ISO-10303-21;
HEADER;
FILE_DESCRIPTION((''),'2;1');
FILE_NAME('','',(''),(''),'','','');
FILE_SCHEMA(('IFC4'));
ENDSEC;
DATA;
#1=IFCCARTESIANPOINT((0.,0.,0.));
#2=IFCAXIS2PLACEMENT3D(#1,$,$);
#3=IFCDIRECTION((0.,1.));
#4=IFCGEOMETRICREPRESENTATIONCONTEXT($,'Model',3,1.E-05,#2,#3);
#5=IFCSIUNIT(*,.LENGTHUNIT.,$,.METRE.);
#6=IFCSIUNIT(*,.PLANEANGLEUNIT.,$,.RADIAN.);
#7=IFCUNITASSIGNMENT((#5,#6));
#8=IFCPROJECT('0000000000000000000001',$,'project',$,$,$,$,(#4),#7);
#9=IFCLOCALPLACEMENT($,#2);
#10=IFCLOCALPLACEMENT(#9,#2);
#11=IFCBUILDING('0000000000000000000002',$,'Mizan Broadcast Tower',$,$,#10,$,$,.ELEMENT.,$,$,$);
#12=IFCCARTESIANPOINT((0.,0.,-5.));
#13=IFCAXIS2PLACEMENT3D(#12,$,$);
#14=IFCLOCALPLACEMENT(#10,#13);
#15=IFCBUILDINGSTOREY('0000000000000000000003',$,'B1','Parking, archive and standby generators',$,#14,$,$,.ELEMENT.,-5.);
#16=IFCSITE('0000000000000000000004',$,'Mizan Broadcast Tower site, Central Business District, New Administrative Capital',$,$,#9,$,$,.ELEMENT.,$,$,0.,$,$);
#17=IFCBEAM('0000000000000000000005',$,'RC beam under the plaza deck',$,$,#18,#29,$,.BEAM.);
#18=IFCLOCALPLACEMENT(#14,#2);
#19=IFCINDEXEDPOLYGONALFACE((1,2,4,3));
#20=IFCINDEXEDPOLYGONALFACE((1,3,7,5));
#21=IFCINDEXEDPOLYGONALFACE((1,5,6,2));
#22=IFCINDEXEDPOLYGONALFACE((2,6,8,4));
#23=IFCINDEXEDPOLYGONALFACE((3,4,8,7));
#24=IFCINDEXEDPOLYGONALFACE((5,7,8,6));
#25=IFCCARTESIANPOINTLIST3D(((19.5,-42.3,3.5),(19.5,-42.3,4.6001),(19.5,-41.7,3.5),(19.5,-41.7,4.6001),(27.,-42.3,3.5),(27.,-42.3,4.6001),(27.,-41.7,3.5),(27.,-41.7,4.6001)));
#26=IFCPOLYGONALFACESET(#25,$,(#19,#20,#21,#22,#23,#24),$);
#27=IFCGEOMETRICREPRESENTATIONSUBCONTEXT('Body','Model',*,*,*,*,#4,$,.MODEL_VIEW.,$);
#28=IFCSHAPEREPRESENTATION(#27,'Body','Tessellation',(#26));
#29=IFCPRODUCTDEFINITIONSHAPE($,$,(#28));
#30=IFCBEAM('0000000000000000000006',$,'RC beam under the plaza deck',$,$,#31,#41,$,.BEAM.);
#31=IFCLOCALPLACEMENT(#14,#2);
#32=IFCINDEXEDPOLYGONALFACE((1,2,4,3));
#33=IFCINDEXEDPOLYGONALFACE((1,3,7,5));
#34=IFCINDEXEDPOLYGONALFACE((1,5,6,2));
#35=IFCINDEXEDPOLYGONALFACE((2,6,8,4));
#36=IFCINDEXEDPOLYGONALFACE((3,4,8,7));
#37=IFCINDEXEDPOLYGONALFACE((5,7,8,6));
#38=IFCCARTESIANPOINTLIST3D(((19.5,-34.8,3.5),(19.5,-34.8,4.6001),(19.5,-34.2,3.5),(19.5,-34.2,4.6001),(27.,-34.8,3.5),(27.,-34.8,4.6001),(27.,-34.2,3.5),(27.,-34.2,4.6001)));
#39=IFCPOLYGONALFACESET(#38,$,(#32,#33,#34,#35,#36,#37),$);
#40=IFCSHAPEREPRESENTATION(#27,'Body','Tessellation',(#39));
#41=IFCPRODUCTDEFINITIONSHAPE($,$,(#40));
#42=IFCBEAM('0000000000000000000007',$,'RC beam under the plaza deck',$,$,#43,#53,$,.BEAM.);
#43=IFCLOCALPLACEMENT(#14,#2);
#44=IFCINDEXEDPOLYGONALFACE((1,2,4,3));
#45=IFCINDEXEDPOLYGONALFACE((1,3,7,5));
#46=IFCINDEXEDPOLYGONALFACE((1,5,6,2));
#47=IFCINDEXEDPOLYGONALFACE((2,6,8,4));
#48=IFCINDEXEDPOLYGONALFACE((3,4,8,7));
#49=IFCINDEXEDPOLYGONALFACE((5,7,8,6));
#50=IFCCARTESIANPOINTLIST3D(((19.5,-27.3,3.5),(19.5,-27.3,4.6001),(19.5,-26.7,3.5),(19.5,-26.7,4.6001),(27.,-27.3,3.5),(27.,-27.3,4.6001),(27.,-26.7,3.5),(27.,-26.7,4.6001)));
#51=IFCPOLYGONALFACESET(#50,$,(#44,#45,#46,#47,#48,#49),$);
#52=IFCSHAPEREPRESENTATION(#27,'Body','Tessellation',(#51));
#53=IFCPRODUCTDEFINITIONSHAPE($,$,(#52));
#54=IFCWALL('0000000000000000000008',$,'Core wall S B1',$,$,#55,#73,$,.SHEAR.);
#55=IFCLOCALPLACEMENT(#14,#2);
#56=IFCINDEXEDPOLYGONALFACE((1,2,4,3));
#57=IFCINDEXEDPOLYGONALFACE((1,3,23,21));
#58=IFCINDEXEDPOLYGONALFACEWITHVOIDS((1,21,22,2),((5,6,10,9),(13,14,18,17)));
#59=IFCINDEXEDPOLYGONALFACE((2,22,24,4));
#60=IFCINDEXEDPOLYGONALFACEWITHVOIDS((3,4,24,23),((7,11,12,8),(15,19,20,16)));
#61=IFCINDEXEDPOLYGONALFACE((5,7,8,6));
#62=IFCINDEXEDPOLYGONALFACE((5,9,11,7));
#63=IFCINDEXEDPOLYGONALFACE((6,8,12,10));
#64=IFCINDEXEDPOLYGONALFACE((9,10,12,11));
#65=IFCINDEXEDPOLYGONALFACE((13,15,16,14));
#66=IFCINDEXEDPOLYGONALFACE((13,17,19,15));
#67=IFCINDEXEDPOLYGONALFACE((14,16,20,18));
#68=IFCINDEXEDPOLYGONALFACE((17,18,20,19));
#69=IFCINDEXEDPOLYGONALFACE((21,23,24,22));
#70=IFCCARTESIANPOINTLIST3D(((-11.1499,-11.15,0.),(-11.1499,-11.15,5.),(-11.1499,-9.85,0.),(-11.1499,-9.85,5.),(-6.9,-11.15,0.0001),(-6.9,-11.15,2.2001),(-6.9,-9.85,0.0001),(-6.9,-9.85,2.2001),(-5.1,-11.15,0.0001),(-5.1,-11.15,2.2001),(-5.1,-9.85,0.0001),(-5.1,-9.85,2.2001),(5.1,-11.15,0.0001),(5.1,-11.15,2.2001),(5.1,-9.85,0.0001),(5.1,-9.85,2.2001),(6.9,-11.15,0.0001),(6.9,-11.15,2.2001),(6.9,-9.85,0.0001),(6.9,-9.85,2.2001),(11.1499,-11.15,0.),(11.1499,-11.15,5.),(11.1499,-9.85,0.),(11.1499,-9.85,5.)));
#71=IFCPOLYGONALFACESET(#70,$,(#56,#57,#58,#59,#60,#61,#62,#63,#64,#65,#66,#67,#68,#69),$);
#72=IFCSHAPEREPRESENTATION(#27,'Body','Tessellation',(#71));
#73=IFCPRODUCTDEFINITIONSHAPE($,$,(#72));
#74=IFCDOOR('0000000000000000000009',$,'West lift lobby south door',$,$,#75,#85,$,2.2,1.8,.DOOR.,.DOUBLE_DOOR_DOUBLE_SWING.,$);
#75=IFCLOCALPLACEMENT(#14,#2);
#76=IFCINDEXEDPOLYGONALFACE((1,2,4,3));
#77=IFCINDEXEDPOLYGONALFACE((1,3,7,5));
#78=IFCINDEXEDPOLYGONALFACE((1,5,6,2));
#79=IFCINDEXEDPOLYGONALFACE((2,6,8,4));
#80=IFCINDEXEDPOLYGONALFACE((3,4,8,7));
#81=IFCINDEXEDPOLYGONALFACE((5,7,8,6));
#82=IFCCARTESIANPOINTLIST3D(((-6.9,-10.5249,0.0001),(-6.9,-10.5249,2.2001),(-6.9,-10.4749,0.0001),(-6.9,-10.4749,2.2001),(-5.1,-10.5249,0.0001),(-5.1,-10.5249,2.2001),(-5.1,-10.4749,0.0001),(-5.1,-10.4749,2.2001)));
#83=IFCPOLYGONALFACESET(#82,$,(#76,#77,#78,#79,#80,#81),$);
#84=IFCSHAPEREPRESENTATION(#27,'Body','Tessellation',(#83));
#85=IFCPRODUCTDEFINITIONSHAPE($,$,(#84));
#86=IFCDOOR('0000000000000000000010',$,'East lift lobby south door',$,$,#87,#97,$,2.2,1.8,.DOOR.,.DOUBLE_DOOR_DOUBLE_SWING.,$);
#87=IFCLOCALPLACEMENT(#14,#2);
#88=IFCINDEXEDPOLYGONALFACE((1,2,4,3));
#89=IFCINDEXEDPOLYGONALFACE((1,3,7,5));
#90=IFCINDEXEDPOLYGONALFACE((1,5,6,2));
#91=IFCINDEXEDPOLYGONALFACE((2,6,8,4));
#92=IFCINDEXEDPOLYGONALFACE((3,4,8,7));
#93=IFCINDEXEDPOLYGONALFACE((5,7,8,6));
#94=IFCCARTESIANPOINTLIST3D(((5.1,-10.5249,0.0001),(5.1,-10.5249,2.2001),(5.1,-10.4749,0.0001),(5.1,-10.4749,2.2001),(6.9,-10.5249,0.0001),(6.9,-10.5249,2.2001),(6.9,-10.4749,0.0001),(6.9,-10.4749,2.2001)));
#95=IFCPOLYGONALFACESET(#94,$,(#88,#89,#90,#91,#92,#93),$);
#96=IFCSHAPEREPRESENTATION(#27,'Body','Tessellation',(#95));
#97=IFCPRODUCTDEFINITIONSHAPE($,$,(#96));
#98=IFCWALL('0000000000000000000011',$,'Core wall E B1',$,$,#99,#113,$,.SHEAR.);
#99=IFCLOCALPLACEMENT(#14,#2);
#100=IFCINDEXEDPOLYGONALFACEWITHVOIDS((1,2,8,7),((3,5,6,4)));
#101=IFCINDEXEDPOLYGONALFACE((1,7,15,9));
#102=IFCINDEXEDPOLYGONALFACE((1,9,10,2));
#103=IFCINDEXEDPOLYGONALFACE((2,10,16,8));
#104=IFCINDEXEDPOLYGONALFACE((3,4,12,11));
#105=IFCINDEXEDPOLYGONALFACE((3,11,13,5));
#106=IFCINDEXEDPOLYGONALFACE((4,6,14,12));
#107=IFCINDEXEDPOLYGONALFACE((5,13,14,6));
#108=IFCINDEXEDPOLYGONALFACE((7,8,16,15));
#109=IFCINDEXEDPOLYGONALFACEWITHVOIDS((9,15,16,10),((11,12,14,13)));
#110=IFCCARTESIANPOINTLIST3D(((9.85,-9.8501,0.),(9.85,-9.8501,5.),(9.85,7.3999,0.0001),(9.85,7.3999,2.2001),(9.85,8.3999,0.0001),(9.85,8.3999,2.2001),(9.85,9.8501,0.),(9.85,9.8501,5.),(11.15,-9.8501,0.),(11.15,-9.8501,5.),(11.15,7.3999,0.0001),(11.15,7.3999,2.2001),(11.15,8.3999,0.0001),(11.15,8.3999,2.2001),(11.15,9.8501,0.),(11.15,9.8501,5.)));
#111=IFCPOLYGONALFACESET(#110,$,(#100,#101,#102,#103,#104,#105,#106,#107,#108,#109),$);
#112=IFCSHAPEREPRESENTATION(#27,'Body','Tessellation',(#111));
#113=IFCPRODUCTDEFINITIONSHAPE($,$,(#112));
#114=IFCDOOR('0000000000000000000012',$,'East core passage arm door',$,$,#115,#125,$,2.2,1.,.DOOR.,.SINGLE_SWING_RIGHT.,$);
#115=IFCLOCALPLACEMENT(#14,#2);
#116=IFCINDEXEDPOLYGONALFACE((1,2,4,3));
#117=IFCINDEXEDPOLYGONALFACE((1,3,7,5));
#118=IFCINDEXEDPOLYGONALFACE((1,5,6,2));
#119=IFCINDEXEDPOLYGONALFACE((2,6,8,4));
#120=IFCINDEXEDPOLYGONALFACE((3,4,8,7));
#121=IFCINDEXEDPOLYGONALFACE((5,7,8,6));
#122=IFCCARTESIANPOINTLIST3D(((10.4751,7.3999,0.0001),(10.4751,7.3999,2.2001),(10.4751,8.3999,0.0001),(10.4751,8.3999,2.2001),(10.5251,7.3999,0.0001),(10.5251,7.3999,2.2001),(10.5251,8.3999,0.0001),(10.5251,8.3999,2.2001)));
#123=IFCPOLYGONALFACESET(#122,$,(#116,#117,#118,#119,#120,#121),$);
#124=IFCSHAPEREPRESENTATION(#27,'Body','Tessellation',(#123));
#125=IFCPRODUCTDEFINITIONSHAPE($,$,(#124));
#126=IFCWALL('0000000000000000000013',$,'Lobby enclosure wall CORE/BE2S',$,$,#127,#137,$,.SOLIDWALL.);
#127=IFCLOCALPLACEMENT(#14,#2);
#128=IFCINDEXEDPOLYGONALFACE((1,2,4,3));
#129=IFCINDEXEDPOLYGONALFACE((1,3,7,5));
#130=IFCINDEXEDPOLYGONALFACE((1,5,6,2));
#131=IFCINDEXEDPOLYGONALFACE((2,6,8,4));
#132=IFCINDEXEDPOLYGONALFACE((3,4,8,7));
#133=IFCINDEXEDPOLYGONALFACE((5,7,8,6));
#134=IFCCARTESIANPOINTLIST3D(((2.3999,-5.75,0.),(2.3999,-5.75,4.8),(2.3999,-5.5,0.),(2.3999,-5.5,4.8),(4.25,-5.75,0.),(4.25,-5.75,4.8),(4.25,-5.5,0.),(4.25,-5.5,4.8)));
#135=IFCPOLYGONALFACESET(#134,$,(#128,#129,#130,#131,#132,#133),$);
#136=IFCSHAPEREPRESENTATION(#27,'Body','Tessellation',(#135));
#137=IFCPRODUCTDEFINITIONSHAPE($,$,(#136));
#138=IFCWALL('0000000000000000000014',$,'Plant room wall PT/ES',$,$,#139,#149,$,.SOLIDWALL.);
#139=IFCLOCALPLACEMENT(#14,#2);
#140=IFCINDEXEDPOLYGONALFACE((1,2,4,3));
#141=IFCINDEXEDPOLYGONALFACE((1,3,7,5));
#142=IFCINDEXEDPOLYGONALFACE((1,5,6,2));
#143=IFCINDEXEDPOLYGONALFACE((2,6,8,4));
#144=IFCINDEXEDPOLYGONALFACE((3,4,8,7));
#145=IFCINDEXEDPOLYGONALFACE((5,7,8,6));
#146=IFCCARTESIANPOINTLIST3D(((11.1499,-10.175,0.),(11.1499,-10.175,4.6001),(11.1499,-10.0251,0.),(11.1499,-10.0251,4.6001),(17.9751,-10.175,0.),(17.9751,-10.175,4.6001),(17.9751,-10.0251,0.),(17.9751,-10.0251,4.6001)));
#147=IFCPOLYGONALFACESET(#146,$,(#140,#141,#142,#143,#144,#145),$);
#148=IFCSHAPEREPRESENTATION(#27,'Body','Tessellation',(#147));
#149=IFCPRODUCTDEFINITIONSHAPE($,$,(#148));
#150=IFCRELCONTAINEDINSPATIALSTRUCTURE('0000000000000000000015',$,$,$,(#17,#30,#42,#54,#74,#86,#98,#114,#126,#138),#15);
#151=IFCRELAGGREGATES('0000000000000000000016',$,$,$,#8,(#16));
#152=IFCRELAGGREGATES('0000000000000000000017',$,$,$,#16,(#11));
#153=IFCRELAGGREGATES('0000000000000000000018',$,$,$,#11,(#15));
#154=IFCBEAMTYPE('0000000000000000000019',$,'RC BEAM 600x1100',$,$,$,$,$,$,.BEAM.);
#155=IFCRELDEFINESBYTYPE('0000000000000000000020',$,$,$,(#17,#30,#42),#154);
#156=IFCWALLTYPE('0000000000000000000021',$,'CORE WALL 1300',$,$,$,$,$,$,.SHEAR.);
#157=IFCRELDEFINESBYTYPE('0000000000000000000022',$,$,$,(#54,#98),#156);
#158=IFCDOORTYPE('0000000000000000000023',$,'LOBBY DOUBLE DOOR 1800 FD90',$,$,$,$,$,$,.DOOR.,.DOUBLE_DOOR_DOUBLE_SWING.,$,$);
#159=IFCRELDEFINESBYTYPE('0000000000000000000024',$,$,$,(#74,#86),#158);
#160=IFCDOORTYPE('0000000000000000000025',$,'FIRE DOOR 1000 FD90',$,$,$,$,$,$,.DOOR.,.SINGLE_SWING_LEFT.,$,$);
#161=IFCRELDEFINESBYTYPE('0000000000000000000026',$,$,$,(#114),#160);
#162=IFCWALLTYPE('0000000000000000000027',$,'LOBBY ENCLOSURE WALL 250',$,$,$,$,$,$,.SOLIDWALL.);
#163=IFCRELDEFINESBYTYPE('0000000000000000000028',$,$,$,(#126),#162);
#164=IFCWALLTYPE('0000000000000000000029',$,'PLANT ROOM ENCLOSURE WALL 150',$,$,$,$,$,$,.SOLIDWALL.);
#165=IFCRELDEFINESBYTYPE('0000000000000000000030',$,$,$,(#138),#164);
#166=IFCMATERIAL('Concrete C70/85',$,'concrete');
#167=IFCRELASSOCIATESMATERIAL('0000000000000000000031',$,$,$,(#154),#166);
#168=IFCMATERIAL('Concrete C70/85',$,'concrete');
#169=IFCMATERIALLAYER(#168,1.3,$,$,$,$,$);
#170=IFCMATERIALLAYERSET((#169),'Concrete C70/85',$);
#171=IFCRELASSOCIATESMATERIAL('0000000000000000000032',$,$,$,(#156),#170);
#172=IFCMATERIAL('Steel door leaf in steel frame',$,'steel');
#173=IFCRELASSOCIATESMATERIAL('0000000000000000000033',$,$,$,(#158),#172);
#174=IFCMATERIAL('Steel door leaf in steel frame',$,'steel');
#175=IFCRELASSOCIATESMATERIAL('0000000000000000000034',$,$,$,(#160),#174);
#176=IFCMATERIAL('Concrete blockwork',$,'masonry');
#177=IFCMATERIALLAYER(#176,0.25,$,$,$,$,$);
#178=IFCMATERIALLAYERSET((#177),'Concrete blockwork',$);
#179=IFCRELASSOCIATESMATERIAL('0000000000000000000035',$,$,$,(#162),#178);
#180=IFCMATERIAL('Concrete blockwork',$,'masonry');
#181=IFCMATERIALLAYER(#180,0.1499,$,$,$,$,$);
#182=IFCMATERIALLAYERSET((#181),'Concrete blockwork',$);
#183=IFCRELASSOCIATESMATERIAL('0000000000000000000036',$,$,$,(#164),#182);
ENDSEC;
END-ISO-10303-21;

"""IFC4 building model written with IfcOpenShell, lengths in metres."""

from ifc_helpers import new_model, si_unit, direction, frame, frame_2d, origin, origin_2d, place, context, subcontext, project, spatial, rectangle, extrude, material, layer, layer_set, material_profile, profile_set, type_object, element, fill, save


model = new_model("IFC4")

# Units and contexts
model_context = context("Model", 3, precision=1e-05, world=origin(), true_north=direction((0.0, 1.0)))
body_context = subcontext(model_context, "Body", "Model", "MODEL_VIEW")
ifc_project = project(units=[si_unit("LENGTHUNIT", "METRE"), si_unit("PLANEANGLEUNIT", "RADIAN")], contexts=[model_context])

# Site, building, storey
site_placement = place(None, origin())
site = spatial("IfcSite", under=ifc_project, at=site_placement, Name="Mizan Broadcast Tower site, Central Business District, New Administrative Capital", CompositionType="ELEMENT", RefElevation=0.0)
building_placement = place(site_placement, origin())
building = spatial("IfcBuilding", under=site, at=building_placement, Name="Mizan Broadcast Tower", CompositionType="ELEMENT")
storey_placement = place(building_placement, frame((0.0, 0.0, -5.0)))
storey = spatial("IfcBuildingStorey", under=building, at=storey_placement, Name="B1", Description="Parking, archive and standby generators", CompositionType="ELEMENT", Elevation=-5.0)

# Beams
ifc_material_1 = material(Name="Concrete C70/85", Category="concrete")
ifc_material_profile_1 = material_profile(ifc_material_1, rectangle(XDim=0.6001, YDim=1.1001, at=origin_2d()), Name="RC 600x1100")
ifc_profile_set_1 = profile_set([ifc_material_profile_1], Name="Concrete C70/85")
beam_type = type_object("IfcBeamType", Name="RC BEAM 600x1100", PredefinedType="BEAM", material=ifc_profile_set_1)
for number, where, z_axis, x_axis, name in (
    (1, (19.5, -42.0, 4.05), (1.0, 0.0, 0.0), (0.0, 1.0, 0.0), "RC beam under the plaza deck"),
    (2, (19.5, -34.5, 4.05), (1.0, 0.0, 0.0), (0.0, 1.0, 0.0), "RC beam under the plaza deck"),
    (3, (19.5, -27.0, 4.05), (1.0, 0.0, 0.0), (0.0, 1.0, 0.0), "RC beam under the plaza deck"),
):
    element("IfcBeam", number, at=place(storey_placement, frame(where, z_axis=z_axis, x_axis=x_axis)), inside=storey, type_object=beam_type, Name=name, PredefinedType="BEAM", context=body_context, shape_type="SweptSolid", body=[
        extrude(rectangle(XDim=0.6001, YDim=1.1001, at=origin_2d()), origin(), (0.0, 0.0, 1.0), 7.5),
    ])

# Wall, openings, doors
ifc_material_2 = material(Name="Concrete C70/85", Category="concrete")
ifc_layer_1 = layer(ifc_material_2, 1.3)
ifc_layer_set_1 = layer_set([ifc_layer_1], Name="Concrete C70/85")
wall_type_1 = type_object("IfcWallType", Name="CORE WALL 1300", PredefinedType="SHEAR", material=ifc_layer_set_1)
wall_1_placement = place(storey_placement, frame((11.1499, -10.5, 0.0), z_axis=(0.0, 0.0, 1.0), x_axis=(-1.0, 0.0, 0.0)))
wall_1 = element("IfcWall", 4, at=wall_1_placement, inside=storey, type_object=wall_type_1, Name="Core wall S B1", PredefinedType="SHEAR", context=body_context, shape_type="SweptSolid", body=[
    extrude(rectangle(XDim=22.2998, YDim=1.3, at=frame_2d((11.1499, 0.0))), origin(), (0.0, 0.0, 1.0), 5.0),
])
opening_1_placement = place(wall_1_placement, frame((16.25, 0.0, 0.0)))
opening_1 = element("IfcOpeningElement", 5, at=opening_1_placement, cuts=wall_1, PredefinedType="OPENING", context=body_context, shape_type="SweptSolid", body=[
    extrude(rectangle(XDim=1.8, YDim=2.2, at=frame_2d((0.8999, 1.1001))), frame((0.0, 0.6599, 0.0), z_axis=(0.0, -1.0, 0.0), x_axis=(1.0, 0.0, 0.0)), (0.0, 0.0, 1.0), 1.3201),
])
opening_2_placement = place(wall_1_placement, frame((4.25, 0.0, 0.0)))
opening_2 = element("IfcOpeningElement", 6, at=opening_2_placement, cuts=wall_1, PredefinedType="OPENING", context=body_context, shape_type="SweptSolid", body=[
    extrude(rectangle(XDim=1.8, YDim=2.2, at=frame_2d((0.8999, 1.1001))), frame((0.0, 0.6599, 0.0), z_axis=(0.0, -1.0, 0.0), x_axis=(1.0, 0.0, 0.0)), (0.0, 0.0, 1.0), 1.3201),
])
ifc_material_3 = material(Name="Steel door leaf in steel frame", Category="steel")
door_type_1 = type_object("IfcDoorType", Name="LOBBY DOUBLE DOOR 1800 FD90", OperationType="DOUBLE_DOOR_DOUBLE_SWING", PredefinedType="DOOR", material=ifc_material_3)
door_1_placement = place(opening_1_placement, origin())
door_1 = element("IfcDoor", 7, at=door_1_placement, inside=storey, type_object=door_type_1, Name="West lift lobby south door", OperationType="DOUBLE_DOOR_DOUBLE_SWING", OverallHeight=2.2, OverallWidth=1.8, PredefinedType="DOOR", context=body_context, shape_type="SweptSolid", body=[
    extrude(rectangle(XDim=1.8, YDim=2.2, at=frame_2d((0.8999, 1.1001))), frame((0.0, 0.0249, 0.0), z_axis=(0.0, -1.0, 0.0), x_axis=(1.0, 0.0, 0.0)), (0.0, 0.0, 1.0), 0.05),
])
fill(opening_1, door_1)
door_2_placement = place(opening_2_placement, origin())
door_2 = element("IfcDoor", 8, at=door_2_placement, inside=storey, type_object=door_type_1, Name="East lift lobby south door", OperationType="DOUBLE_DOOR_DOUBLE_SWING", OverallHeight=2.2, OverallWidth=1.8, PredefinedType="DOOR", context=body_context, shape_type="SweptSolid", body=[
    extrude(rectangle(XDim=1.8, YDim=2.2, at=frame_2d((0.8999, 1.1001))), frame((0.0, 0.0249, 0.0), z_axis=(0.0, -1.0, 0.0), x_axis=(1.0, 0.0, 0.0)), (0.0, 0.0, 1.0), 0.05),
])
fill(opening_2, door_2)

# Wall, opening, door
wall_2_placement = place(storey_placement, frame((10.5, -9.8501, 0.0), z_axis=(0.0, 0.0, 1.0), x_axis=(0.0, 1.0, 0.0)))
wall_2 = element("IfcWall", 9, at=wall_2_placement, inside=storey, type_object=wall_type_1, Name="Core wall E B1", PredefinedType="SHEAR", context=body_context, shape_type="SweptSolid", body=[
    extrude(rectangle(XDim=19.7002, YDim=1.3, at=frame_2d((9.8501, 0.0))), origin(), (0.0, 0.0, 1.0), 5.0),
])
opening_3_placement = place(wall_2_placement, frame((17.25, 0.0, 0.0)))
opening_3 = element("IfcOpeningElement", 10, at=opening_3_placement, cuts=wall_2, PredefinedType="OPENING", context=body_context, shape_type="SweptSolid", body=[
    extrude(rectangle(XDim=1.0, YDim=2.2, at=frame_2d((0.5, 1.1001))), frame((0.0, 0.6599, 0.0), z_axis=(0.0, -1.0, 0.0), x_axis=(1.0, 0.0, 0.0)), (0.0, 0.0, 1.0), 1.3201),
])
ifc_material_4 = material(Name="Steel door leaf in steel frame", Category="steel")
door_type_2 = type_object("IfcDoorType", Name="FIRE DOOR 1000 FD90", OperationType="SINGLE_SWING_LEFT", PredefinedType="DOOR", material=ifc_material_4)
door_3_placement = place(opening_3_placement, origin())
door_3 = element("IfcDoor", 11, at=door_3_placement, inside=storey, type_object=door_type_2, Name="East core passage arm door", OperationType="SINGLE_SWING_RIGHT", OverallHeight=2.2, OverallWidth=1.0, PredefinedType="DOOR", context=body_context, shape_type="SweptSolid", body=[
    extrude(rectangle(XDim=1.0, YDim=2.2, at=frame_2d((0.5, 1.1001))), frame((0.0, 0.0249, 0.0), z_axis=(0.0, -1.0, 0.0), x_axis=(1.0, 0.0, 0.0)), (0.0, 0.0, 1.0), 0.05),
])
fill(opening_3, door_3)

# Walls
ifc_material_5 = material(Name="Concrete blockwork", Category="masonry")
ifc_layer_2 = layer(ifc_material_5, 0.25)
ifc_layer_set_2 = layer_set([ifc_layer_2], Name="Concrete blockwork")
wall_type_2 = type_object("IfcWallType", Name="LOBBY ENCLOSURE WALL 250", PredefinedType="SOLIDWALL", material=ifc_layer_set_2)
wall_3_placement = place(storey_placement, frame((2.3999, -5.625, 0.0), z_axis=(0.0, 0.0, 1.0), x_axis=(1.0, 0.0, 0.0)))
element("IfcWall", 12, at=wall_3_placement, inside=storey, type_object=wall_type_2, Name="Lobby enclosure wall CORE/BE2S", PredefinedType="SOLIDWALL", context=body_context, shape_type="SweptSolid", body=[
    extrude(rectangle(XDim=1.8501, YDim=0.25, at=frame_2d((0.925, 0.0))), origin(), (0.0, 0.0, 1.0), 4.8),
])
ifc_material_6 = material(Name="Concrete blockwork", Category="masonry")
ifc_layer_3 = layer(ifc_material_6, 0.1499)
ifc_layer_set_3 = layer_set([ifc_layer_3], Name="Concrete blockwork")
wall_type_3 = type_object("IfcWallType", Name="PLANT ROOM ENCLOSURE WALL 150", PredefinedType="SOLIDWALL", material=ifc_layer_set_3)
wall_4_placement = place(storey_placement, frame((11.1499, -10.1001, 0.0), z_axis=(0.0, 0.0, 1.0), x_axis=(1.0, 0.0, 0.0)))
element("IfcWall", 13, at=wall_4_placement, inside=storey, type_object=wall_type_3, Name="Plant room wall PT/ES", PredefinedType="SOLIDWALL", context=body_context, shape_type="SweptSolid", body=[
    extrude(rectangle(XDim=6.8252, YDim=0.1499, at=frame_2d((3.4126, 0.0))), origin(), (0.0, 0.0, 1.0), 4.6001),
])

save(model, "model.ifc")
